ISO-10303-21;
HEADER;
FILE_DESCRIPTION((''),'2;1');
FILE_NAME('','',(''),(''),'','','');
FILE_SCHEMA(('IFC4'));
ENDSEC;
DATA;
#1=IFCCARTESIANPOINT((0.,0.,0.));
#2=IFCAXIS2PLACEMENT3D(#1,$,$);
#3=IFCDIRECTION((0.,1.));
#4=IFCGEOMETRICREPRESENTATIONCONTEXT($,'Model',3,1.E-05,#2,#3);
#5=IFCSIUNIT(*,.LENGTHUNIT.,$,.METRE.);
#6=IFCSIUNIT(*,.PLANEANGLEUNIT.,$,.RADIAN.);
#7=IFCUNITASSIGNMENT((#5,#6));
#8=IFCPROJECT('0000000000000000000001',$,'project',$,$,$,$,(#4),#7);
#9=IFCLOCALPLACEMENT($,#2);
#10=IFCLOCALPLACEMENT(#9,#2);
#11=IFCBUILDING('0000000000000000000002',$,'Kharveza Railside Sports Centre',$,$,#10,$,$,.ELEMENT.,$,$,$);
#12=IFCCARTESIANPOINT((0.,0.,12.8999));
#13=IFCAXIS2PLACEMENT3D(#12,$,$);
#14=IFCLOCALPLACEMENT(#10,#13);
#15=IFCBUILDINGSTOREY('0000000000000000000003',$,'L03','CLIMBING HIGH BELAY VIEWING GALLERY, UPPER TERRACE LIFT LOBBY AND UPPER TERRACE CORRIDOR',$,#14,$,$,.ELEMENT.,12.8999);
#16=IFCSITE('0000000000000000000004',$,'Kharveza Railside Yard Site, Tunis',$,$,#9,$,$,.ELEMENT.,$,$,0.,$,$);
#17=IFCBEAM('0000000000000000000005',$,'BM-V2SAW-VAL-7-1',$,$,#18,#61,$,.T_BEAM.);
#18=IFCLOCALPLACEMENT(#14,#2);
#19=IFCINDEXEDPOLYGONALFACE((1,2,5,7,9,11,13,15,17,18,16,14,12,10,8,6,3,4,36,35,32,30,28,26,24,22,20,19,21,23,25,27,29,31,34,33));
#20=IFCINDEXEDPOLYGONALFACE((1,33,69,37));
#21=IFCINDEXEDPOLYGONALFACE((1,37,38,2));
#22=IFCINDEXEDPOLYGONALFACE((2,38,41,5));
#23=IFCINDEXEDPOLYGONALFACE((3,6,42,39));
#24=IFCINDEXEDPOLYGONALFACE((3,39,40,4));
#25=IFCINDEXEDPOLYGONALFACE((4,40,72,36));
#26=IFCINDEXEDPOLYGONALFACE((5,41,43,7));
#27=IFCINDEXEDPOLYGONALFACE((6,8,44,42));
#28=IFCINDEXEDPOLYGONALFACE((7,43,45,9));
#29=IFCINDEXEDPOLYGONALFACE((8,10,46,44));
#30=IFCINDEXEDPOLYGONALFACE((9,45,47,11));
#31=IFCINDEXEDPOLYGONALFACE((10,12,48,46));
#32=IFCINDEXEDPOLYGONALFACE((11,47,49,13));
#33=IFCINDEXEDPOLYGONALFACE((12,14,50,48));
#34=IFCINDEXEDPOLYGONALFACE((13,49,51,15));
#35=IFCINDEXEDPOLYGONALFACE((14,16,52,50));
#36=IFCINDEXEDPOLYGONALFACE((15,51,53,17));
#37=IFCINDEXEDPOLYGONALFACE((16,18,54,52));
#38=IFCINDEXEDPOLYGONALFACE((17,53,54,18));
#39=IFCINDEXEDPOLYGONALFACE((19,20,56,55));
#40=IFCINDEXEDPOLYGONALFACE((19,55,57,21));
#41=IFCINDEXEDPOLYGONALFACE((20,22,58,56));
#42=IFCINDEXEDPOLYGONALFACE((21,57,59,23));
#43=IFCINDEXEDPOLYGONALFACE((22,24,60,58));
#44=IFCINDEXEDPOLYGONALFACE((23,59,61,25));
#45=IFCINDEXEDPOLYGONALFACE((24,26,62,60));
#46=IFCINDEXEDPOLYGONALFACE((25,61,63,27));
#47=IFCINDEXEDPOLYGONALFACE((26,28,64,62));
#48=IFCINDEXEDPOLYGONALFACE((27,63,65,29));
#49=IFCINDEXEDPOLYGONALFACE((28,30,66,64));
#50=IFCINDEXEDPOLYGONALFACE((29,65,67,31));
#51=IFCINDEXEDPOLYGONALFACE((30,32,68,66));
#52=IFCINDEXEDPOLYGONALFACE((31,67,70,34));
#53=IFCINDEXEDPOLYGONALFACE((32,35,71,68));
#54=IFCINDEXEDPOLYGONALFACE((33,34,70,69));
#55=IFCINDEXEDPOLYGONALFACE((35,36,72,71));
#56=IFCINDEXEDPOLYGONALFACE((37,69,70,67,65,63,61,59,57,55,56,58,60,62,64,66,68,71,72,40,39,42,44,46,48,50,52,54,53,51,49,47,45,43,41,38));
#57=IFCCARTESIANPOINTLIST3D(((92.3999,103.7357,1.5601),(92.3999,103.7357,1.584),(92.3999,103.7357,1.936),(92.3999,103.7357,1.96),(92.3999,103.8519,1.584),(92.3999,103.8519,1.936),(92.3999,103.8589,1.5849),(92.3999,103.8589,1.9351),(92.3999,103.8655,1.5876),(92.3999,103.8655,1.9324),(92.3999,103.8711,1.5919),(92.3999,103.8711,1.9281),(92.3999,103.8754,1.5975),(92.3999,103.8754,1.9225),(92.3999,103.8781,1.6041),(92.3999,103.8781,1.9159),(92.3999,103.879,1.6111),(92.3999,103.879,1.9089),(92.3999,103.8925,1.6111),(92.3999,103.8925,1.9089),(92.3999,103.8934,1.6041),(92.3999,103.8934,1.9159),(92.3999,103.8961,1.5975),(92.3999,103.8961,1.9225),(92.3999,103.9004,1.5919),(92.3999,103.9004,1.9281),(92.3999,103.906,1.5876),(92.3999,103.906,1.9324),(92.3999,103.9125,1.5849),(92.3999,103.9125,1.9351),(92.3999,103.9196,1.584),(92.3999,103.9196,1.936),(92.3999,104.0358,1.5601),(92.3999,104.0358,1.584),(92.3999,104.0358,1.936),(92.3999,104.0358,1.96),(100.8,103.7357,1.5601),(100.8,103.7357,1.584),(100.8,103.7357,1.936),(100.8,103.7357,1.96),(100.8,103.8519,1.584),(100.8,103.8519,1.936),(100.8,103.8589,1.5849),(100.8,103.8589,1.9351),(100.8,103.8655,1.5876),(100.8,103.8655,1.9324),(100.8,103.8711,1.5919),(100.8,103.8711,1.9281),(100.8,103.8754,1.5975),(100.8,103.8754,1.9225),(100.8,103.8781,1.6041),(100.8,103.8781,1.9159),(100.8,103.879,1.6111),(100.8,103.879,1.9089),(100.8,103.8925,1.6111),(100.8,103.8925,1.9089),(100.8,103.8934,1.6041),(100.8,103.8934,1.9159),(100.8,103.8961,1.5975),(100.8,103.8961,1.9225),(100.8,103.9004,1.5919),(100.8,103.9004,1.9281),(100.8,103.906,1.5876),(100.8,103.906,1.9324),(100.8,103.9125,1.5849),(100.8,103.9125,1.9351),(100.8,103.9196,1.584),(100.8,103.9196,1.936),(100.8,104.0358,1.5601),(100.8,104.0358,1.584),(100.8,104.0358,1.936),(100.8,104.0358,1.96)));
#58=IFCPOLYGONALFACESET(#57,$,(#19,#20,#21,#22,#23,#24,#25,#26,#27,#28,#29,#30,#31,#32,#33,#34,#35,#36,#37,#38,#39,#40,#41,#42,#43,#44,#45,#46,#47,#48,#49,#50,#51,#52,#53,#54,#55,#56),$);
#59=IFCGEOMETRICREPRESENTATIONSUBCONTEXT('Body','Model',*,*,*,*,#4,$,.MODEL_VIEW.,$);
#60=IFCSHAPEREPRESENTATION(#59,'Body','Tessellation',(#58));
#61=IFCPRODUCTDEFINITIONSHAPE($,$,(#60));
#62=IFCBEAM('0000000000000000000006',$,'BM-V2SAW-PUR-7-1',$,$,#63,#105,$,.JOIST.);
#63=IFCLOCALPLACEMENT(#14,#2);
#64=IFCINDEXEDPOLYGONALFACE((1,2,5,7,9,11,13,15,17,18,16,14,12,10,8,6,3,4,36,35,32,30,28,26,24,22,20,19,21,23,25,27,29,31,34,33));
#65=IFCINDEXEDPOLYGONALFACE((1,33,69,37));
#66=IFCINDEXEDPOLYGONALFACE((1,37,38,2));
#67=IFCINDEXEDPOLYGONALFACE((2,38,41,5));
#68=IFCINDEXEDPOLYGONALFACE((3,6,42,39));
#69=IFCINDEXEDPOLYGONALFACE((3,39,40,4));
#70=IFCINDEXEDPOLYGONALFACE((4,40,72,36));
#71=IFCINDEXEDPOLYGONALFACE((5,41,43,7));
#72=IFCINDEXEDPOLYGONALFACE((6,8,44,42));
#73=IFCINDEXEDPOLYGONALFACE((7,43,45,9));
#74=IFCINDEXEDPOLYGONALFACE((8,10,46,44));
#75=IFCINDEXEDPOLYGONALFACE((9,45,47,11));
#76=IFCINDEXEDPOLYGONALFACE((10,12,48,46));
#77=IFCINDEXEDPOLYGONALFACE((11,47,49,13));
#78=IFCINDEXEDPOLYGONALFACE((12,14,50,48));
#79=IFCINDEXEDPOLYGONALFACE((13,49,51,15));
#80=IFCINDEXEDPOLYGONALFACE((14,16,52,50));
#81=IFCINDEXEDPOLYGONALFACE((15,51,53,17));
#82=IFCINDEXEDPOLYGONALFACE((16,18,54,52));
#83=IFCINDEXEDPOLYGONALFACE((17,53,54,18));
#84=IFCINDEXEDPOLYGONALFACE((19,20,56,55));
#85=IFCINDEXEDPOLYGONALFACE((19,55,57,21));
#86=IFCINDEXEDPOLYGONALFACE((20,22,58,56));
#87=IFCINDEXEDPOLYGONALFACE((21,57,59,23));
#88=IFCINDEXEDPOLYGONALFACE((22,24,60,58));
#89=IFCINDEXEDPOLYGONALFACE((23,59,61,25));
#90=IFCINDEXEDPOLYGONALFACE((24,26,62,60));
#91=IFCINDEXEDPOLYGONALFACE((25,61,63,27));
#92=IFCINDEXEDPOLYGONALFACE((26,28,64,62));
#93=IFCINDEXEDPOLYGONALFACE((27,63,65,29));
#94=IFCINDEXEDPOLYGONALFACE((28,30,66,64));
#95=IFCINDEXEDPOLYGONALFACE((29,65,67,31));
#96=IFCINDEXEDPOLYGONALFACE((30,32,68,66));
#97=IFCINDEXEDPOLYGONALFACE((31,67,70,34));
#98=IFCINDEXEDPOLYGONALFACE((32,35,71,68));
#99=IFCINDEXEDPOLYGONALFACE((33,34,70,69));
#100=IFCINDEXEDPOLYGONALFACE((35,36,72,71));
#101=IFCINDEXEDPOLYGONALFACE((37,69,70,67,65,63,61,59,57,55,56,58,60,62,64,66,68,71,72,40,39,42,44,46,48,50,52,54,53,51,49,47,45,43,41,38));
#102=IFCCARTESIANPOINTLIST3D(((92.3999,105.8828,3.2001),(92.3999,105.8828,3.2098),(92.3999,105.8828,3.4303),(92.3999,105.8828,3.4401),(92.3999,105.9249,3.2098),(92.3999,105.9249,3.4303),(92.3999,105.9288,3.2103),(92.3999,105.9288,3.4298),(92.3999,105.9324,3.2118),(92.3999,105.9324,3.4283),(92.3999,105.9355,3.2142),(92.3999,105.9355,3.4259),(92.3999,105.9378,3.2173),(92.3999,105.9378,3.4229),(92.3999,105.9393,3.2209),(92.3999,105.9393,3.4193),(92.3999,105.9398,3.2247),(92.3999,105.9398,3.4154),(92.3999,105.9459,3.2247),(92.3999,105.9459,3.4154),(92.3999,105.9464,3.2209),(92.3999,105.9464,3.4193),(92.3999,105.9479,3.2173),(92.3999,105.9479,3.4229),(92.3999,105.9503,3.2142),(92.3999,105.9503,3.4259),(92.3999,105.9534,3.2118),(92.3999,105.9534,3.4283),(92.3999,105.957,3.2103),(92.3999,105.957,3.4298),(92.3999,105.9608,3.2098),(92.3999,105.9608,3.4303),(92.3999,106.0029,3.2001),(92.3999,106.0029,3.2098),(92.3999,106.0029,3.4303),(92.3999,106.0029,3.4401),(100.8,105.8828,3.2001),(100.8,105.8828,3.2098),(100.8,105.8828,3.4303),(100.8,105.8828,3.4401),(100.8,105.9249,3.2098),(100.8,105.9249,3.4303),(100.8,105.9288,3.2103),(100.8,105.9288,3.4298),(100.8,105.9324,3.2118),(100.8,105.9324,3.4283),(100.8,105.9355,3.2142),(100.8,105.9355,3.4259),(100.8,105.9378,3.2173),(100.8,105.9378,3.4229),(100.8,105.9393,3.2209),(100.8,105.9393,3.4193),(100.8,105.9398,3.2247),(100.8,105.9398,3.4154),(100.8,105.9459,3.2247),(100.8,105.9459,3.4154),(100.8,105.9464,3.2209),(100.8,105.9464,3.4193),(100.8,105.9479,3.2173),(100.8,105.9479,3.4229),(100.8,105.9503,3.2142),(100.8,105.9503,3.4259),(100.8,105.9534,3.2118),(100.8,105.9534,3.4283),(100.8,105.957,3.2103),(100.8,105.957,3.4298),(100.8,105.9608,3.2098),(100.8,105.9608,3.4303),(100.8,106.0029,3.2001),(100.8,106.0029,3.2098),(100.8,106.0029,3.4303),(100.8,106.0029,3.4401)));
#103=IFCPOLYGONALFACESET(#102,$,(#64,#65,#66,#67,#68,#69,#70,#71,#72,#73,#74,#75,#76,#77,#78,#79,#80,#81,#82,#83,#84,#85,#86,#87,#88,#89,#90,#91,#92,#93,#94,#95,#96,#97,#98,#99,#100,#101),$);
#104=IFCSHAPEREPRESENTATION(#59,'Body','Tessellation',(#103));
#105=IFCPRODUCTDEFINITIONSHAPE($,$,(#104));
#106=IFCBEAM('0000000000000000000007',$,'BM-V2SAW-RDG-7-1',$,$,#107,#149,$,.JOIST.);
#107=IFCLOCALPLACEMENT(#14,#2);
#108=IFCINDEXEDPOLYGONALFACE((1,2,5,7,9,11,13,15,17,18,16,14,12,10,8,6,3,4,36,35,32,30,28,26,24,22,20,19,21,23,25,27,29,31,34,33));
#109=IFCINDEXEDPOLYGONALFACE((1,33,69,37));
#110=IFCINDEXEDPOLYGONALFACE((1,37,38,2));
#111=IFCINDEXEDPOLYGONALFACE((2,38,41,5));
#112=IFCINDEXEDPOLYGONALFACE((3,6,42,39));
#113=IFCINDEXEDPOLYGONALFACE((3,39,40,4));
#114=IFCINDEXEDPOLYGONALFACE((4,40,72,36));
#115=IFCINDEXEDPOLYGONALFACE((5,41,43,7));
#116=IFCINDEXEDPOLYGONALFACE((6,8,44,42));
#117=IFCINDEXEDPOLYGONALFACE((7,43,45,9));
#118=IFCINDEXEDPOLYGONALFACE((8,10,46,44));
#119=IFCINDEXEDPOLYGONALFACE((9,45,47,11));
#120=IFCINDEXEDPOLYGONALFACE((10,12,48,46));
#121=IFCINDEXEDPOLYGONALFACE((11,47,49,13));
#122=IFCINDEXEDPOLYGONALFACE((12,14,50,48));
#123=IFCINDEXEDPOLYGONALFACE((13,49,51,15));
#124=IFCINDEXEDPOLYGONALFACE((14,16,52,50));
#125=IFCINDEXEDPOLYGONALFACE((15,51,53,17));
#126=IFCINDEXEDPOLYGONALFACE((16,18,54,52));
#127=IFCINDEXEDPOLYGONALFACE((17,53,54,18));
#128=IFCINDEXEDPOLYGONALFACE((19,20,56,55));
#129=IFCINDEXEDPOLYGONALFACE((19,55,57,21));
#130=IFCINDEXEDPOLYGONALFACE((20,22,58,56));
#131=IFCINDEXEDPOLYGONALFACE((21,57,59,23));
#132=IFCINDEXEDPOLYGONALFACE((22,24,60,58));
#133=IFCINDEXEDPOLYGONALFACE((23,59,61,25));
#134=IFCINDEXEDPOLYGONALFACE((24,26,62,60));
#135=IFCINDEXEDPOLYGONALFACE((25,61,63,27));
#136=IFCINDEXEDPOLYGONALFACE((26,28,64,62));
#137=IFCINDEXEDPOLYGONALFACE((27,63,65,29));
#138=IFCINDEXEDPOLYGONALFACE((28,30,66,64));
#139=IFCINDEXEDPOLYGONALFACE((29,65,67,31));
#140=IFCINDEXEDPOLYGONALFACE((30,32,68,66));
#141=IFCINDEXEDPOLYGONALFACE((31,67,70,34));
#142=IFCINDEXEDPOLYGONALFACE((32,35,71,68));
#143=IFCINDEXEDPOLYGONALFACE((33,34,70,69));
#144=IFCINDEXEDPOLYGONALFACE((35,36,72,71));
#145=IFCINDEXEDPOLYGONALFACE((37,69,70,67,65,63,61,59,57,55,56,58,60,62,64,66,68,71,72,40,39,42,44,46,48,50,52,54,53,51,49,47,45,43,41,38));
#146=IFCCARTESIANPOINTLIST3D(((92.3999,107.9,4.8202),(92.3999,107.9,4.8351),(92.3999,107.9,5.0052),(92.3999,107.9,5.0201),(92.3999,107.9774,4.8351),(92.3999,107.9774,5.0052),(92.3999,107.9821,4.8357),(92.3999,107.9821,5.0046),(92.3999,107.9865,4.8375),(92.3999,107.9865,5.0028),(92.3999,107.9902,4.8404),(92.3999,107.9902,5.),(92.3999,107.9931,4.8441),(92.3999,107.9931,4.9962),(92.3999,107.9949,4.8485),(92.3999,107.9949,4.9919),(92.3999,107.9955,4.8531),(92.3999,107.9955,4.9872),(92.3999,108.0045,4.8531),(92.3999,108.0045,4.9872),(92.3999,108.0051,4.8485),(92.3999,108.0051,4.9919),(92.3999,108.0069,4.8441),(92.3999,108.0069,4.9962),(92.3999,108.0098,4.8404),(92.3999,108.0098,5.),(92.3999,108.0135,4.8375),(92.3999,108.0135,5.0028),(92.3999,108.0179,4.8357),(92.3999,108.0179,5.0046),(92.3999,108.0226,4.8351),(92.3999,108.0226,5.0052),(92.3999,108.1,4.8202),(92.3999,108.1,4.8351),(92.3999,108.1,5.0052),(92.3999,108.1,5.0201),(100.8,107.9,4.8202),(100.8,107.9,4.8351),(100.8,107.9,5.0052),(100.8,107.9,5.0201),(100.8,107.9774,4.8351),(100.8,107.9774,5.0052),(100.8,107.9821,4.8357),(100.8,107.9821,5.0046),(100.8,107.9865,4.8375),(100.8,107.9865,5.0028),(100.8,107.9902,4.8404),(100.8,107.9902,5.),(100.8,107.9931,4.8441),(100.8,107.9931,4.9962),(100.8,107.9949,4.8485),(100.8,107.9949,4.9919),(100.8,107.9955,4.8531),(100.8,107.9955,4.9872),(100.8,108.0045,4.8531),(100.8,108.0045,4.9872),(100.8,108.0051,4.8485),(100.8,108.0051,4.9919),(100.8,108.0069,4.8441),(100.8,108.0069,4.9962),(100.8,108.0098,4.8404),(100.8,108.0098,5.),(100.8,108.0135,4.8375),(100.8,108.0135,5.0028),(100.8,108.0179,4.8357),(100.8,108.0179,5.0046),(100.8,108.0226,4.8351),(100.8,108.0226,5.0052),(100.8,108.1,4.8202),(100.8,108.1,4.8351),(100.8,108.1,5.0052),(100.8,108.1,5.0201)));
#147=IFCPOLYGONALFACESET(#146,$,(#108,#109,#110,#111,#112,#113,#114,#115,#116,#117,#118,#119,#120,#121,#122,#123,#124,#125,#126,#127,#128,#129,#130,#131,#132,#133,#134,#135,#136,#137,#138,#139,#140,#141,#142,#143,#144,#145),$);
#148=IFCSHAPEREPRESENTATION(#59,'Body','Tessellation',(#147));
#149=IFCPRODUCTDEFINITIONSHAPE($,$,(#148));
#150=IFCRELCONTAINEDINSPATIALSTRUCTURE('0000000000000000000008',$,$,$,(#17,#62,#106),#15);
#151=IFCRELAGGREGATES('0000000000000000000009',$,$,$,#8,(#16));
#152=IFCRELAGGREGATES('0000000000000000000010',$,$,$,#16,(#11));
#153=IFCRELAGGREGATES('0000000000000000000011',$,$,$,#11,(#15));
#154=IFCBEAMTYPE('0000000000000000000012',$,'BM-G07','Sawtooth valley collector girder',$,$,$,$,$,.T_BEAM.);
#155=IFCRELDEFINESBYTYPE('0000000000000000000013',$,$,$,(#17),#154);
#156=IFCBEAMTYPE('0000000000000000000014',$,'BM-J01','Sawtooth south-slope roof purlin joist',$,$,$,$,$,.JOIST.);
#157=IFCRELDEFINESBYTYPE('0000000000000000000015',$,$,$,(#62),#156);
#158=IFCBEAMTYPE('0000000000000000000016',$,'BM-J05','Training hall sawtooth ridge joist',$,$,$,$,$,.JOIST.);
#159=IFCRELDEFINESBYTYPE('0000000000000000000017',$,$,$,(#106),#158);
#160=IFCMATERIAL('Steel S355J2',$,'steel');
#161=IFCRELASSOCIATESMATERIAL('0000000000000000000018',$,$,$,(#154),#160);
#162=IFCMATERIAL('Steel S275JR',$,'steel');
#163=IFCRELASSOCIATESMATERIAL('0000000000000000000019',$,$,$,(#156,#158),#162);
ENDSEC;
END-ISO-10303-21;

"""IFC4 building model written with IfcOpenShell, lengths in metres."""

from ifc_helpers import new_model, si_unit, direction, frame, origin, origin_2d, place, context, subcontext, project, spatial, i_section, extrude, material, material_profile, profile_set, type_object, element, save


model = new_model("IFC4")

# Units and contexts
model_context = context("Model", 3, precision=1e-05, world=origin(), true_north=direction((0.0, 1.0)))
body_context = subcontext(model_context, "Body", "Model", "MODEL_VIEW")
ifc_project = project(units=[si_unit("LENGTHUNIT", "METRE"), si_unit("PLANEANGLEUNIT", "RADIAN")], contexts=[model_context])

# Site, building, storey
site_placement = place(None, origin())
site = spatial("IfcSite", under=ifc_project, at=site_placement, Name="Kharveza Railside Yard Site, Tunis", CompositionType="ELEMENT", RefElevation=0.0)
building_placement = place(site_placement, origin())
building = spatial("IfcBuilding", under=site, at=building_placement, Name="Kharveza Railside Sports Centre", CompositionType="ELEMENT")
storey_placement = place(building_placement, frame((0.0, 0.0, 12.8999)))
storey = spatial("IfcBuildingStorey", under=building, at=storey_placement, Name="L03", Description="CLIMBING HIGH BELAY VIEWING GALLERY, UPPER TERRACE LIFT LOBBY AND UPPER TERRACE CORRIDOR", CompositionType="ELEMENT", Elevation=12.8999)

# Beams
ifc_material_1 = material(Name="Steel S355J2", Category="steel")
ifc_material_profile_1 = material_profile(ifc_material_1, i_section(OverallWidth=0.3, OverallDepth=0.3999, WebThickness=0.0134, FlangeThickness=0.0239, FilletRadius=0.0271, at=origin_2d()), Name="HEB 400")
ifc_profile_set_1 = profile_set([ifc_material_profile_1], Name="Steel S355J2")
beam_type_1 = type_object("IfcBeamType", Name="BM-G07", Description="Sawtooth valley collector girder", PredefinedType="T_BEAM", material=ifc_profile_set_1)
beam_1_placement = place(storey_placement, frame((92.3999, 103.8857, 1.76), z_axis=(1.0, 0.0, 0.0), x_axis=(0.0, 1.0, 0.0)))
element("IfcBeam", 1, at=beam_1_placement, inside=storey, type_object=beam_type_1, Name="BM-V2SAW-VAL-7-1", PredefinedType="T_BEAM", context=body_context, shape_type="SweptSolid", body=[
    extrude(i_section(OverallWidth=0.3, OverallDepth=0.3999, WebThickness=0.0134, FlangeThickness=0.0239, FilletRadius=0.0271, at=origin_2d()), origin(), (0.0, 0.0, 1.0), 8.4001),
])
ifc_material_2 = material(Name="Steel S275JR", Category="steel")
ifc_material_profile_2 = material_profile(ifc_material_2, i_section(OverallWidth=0.1201, OverallDepth=0.24, WebThickness=0.0061, FlangeThickness=0.0098, FilletRadius=0.0149, at=origin_2d()), Name="IPE 240")
ifc_profile_set_2 = profile_set([ifc_material_profile_2], Name="Steel S275JR")
beam_type_2 = type_object("IfcBeamType", Name="BM-J01", Description="Sawtooth south-slope roof purlin joist", PredefinedType="JOIST", material=ifc_profile_set_2)
beam_2_placement = place(storey_placement, frame((92.3999, 105.9429, 3.3201), z_axis=(1.0, 0.0, 0.0), x_axis=(0.0, 1.0, 0.0)))
element("IfcBeam", 2, at=beam_2_placement, inside=storey, type_object=beam_type_2, Name="BM-V2SAW-PUR-7-1", PredefinedType="JOIST", context=body_context, shape_type="SweptSolid", body=[
    extrude(i_section(OverallWidth=0.1201, OverallDepth=0.24, WebThickness=0.0061, FlangeThickness=0.0098, FilletRadius=0.0149, at=origin_2d()), origin(), (0.0, 0.0, 1.0), 8.4001),
])
ifc_material_profile_3 = material_profile(ifc_material_2, i_section(OverallWidth=0.2, OverallDepth=0.2, WebThickness=0.009, FlangeThickness=0.0149, FilletRadius=0.0181, at=origin_2d()), Name="HEB 200")
ifc_profile_set_3 = profile_set([ifc_material_profile_3], Name="Steel S275JR")
beam_type_3 = type_object("IfcBeamType", Name="BM-J05", Description="Training hall sawtooth ridge joist", PredefinedType="JOIST", material=ifc_profile_set_3)
beam_3_placement = place(storey_placement, frame((92.3999, 108.0, 4.9202), z_axis=(1.0, 0.0, 0.0), x_axis=(0.0, 1.0, 0.0)))
element("IfcBeam", 3, at=beam_3_placement, inside=storey, type_object=beam_type_3, Name="BM-V2SAW-RDG-7-1", PredefinedType="JOIST", context=body_context, shape_type="SweptSolid", body=[
    extrude(i_section(OverallWidth=0.2, OverallDepth=0.2, WebThickness=0.009, FlangeThickness=0.0149, FilletRadius=0.0181, at=origin_2d()), origin(), (0.0, 0.0, 1.0), 8.4001),
])

save(model, "model.ifc")
